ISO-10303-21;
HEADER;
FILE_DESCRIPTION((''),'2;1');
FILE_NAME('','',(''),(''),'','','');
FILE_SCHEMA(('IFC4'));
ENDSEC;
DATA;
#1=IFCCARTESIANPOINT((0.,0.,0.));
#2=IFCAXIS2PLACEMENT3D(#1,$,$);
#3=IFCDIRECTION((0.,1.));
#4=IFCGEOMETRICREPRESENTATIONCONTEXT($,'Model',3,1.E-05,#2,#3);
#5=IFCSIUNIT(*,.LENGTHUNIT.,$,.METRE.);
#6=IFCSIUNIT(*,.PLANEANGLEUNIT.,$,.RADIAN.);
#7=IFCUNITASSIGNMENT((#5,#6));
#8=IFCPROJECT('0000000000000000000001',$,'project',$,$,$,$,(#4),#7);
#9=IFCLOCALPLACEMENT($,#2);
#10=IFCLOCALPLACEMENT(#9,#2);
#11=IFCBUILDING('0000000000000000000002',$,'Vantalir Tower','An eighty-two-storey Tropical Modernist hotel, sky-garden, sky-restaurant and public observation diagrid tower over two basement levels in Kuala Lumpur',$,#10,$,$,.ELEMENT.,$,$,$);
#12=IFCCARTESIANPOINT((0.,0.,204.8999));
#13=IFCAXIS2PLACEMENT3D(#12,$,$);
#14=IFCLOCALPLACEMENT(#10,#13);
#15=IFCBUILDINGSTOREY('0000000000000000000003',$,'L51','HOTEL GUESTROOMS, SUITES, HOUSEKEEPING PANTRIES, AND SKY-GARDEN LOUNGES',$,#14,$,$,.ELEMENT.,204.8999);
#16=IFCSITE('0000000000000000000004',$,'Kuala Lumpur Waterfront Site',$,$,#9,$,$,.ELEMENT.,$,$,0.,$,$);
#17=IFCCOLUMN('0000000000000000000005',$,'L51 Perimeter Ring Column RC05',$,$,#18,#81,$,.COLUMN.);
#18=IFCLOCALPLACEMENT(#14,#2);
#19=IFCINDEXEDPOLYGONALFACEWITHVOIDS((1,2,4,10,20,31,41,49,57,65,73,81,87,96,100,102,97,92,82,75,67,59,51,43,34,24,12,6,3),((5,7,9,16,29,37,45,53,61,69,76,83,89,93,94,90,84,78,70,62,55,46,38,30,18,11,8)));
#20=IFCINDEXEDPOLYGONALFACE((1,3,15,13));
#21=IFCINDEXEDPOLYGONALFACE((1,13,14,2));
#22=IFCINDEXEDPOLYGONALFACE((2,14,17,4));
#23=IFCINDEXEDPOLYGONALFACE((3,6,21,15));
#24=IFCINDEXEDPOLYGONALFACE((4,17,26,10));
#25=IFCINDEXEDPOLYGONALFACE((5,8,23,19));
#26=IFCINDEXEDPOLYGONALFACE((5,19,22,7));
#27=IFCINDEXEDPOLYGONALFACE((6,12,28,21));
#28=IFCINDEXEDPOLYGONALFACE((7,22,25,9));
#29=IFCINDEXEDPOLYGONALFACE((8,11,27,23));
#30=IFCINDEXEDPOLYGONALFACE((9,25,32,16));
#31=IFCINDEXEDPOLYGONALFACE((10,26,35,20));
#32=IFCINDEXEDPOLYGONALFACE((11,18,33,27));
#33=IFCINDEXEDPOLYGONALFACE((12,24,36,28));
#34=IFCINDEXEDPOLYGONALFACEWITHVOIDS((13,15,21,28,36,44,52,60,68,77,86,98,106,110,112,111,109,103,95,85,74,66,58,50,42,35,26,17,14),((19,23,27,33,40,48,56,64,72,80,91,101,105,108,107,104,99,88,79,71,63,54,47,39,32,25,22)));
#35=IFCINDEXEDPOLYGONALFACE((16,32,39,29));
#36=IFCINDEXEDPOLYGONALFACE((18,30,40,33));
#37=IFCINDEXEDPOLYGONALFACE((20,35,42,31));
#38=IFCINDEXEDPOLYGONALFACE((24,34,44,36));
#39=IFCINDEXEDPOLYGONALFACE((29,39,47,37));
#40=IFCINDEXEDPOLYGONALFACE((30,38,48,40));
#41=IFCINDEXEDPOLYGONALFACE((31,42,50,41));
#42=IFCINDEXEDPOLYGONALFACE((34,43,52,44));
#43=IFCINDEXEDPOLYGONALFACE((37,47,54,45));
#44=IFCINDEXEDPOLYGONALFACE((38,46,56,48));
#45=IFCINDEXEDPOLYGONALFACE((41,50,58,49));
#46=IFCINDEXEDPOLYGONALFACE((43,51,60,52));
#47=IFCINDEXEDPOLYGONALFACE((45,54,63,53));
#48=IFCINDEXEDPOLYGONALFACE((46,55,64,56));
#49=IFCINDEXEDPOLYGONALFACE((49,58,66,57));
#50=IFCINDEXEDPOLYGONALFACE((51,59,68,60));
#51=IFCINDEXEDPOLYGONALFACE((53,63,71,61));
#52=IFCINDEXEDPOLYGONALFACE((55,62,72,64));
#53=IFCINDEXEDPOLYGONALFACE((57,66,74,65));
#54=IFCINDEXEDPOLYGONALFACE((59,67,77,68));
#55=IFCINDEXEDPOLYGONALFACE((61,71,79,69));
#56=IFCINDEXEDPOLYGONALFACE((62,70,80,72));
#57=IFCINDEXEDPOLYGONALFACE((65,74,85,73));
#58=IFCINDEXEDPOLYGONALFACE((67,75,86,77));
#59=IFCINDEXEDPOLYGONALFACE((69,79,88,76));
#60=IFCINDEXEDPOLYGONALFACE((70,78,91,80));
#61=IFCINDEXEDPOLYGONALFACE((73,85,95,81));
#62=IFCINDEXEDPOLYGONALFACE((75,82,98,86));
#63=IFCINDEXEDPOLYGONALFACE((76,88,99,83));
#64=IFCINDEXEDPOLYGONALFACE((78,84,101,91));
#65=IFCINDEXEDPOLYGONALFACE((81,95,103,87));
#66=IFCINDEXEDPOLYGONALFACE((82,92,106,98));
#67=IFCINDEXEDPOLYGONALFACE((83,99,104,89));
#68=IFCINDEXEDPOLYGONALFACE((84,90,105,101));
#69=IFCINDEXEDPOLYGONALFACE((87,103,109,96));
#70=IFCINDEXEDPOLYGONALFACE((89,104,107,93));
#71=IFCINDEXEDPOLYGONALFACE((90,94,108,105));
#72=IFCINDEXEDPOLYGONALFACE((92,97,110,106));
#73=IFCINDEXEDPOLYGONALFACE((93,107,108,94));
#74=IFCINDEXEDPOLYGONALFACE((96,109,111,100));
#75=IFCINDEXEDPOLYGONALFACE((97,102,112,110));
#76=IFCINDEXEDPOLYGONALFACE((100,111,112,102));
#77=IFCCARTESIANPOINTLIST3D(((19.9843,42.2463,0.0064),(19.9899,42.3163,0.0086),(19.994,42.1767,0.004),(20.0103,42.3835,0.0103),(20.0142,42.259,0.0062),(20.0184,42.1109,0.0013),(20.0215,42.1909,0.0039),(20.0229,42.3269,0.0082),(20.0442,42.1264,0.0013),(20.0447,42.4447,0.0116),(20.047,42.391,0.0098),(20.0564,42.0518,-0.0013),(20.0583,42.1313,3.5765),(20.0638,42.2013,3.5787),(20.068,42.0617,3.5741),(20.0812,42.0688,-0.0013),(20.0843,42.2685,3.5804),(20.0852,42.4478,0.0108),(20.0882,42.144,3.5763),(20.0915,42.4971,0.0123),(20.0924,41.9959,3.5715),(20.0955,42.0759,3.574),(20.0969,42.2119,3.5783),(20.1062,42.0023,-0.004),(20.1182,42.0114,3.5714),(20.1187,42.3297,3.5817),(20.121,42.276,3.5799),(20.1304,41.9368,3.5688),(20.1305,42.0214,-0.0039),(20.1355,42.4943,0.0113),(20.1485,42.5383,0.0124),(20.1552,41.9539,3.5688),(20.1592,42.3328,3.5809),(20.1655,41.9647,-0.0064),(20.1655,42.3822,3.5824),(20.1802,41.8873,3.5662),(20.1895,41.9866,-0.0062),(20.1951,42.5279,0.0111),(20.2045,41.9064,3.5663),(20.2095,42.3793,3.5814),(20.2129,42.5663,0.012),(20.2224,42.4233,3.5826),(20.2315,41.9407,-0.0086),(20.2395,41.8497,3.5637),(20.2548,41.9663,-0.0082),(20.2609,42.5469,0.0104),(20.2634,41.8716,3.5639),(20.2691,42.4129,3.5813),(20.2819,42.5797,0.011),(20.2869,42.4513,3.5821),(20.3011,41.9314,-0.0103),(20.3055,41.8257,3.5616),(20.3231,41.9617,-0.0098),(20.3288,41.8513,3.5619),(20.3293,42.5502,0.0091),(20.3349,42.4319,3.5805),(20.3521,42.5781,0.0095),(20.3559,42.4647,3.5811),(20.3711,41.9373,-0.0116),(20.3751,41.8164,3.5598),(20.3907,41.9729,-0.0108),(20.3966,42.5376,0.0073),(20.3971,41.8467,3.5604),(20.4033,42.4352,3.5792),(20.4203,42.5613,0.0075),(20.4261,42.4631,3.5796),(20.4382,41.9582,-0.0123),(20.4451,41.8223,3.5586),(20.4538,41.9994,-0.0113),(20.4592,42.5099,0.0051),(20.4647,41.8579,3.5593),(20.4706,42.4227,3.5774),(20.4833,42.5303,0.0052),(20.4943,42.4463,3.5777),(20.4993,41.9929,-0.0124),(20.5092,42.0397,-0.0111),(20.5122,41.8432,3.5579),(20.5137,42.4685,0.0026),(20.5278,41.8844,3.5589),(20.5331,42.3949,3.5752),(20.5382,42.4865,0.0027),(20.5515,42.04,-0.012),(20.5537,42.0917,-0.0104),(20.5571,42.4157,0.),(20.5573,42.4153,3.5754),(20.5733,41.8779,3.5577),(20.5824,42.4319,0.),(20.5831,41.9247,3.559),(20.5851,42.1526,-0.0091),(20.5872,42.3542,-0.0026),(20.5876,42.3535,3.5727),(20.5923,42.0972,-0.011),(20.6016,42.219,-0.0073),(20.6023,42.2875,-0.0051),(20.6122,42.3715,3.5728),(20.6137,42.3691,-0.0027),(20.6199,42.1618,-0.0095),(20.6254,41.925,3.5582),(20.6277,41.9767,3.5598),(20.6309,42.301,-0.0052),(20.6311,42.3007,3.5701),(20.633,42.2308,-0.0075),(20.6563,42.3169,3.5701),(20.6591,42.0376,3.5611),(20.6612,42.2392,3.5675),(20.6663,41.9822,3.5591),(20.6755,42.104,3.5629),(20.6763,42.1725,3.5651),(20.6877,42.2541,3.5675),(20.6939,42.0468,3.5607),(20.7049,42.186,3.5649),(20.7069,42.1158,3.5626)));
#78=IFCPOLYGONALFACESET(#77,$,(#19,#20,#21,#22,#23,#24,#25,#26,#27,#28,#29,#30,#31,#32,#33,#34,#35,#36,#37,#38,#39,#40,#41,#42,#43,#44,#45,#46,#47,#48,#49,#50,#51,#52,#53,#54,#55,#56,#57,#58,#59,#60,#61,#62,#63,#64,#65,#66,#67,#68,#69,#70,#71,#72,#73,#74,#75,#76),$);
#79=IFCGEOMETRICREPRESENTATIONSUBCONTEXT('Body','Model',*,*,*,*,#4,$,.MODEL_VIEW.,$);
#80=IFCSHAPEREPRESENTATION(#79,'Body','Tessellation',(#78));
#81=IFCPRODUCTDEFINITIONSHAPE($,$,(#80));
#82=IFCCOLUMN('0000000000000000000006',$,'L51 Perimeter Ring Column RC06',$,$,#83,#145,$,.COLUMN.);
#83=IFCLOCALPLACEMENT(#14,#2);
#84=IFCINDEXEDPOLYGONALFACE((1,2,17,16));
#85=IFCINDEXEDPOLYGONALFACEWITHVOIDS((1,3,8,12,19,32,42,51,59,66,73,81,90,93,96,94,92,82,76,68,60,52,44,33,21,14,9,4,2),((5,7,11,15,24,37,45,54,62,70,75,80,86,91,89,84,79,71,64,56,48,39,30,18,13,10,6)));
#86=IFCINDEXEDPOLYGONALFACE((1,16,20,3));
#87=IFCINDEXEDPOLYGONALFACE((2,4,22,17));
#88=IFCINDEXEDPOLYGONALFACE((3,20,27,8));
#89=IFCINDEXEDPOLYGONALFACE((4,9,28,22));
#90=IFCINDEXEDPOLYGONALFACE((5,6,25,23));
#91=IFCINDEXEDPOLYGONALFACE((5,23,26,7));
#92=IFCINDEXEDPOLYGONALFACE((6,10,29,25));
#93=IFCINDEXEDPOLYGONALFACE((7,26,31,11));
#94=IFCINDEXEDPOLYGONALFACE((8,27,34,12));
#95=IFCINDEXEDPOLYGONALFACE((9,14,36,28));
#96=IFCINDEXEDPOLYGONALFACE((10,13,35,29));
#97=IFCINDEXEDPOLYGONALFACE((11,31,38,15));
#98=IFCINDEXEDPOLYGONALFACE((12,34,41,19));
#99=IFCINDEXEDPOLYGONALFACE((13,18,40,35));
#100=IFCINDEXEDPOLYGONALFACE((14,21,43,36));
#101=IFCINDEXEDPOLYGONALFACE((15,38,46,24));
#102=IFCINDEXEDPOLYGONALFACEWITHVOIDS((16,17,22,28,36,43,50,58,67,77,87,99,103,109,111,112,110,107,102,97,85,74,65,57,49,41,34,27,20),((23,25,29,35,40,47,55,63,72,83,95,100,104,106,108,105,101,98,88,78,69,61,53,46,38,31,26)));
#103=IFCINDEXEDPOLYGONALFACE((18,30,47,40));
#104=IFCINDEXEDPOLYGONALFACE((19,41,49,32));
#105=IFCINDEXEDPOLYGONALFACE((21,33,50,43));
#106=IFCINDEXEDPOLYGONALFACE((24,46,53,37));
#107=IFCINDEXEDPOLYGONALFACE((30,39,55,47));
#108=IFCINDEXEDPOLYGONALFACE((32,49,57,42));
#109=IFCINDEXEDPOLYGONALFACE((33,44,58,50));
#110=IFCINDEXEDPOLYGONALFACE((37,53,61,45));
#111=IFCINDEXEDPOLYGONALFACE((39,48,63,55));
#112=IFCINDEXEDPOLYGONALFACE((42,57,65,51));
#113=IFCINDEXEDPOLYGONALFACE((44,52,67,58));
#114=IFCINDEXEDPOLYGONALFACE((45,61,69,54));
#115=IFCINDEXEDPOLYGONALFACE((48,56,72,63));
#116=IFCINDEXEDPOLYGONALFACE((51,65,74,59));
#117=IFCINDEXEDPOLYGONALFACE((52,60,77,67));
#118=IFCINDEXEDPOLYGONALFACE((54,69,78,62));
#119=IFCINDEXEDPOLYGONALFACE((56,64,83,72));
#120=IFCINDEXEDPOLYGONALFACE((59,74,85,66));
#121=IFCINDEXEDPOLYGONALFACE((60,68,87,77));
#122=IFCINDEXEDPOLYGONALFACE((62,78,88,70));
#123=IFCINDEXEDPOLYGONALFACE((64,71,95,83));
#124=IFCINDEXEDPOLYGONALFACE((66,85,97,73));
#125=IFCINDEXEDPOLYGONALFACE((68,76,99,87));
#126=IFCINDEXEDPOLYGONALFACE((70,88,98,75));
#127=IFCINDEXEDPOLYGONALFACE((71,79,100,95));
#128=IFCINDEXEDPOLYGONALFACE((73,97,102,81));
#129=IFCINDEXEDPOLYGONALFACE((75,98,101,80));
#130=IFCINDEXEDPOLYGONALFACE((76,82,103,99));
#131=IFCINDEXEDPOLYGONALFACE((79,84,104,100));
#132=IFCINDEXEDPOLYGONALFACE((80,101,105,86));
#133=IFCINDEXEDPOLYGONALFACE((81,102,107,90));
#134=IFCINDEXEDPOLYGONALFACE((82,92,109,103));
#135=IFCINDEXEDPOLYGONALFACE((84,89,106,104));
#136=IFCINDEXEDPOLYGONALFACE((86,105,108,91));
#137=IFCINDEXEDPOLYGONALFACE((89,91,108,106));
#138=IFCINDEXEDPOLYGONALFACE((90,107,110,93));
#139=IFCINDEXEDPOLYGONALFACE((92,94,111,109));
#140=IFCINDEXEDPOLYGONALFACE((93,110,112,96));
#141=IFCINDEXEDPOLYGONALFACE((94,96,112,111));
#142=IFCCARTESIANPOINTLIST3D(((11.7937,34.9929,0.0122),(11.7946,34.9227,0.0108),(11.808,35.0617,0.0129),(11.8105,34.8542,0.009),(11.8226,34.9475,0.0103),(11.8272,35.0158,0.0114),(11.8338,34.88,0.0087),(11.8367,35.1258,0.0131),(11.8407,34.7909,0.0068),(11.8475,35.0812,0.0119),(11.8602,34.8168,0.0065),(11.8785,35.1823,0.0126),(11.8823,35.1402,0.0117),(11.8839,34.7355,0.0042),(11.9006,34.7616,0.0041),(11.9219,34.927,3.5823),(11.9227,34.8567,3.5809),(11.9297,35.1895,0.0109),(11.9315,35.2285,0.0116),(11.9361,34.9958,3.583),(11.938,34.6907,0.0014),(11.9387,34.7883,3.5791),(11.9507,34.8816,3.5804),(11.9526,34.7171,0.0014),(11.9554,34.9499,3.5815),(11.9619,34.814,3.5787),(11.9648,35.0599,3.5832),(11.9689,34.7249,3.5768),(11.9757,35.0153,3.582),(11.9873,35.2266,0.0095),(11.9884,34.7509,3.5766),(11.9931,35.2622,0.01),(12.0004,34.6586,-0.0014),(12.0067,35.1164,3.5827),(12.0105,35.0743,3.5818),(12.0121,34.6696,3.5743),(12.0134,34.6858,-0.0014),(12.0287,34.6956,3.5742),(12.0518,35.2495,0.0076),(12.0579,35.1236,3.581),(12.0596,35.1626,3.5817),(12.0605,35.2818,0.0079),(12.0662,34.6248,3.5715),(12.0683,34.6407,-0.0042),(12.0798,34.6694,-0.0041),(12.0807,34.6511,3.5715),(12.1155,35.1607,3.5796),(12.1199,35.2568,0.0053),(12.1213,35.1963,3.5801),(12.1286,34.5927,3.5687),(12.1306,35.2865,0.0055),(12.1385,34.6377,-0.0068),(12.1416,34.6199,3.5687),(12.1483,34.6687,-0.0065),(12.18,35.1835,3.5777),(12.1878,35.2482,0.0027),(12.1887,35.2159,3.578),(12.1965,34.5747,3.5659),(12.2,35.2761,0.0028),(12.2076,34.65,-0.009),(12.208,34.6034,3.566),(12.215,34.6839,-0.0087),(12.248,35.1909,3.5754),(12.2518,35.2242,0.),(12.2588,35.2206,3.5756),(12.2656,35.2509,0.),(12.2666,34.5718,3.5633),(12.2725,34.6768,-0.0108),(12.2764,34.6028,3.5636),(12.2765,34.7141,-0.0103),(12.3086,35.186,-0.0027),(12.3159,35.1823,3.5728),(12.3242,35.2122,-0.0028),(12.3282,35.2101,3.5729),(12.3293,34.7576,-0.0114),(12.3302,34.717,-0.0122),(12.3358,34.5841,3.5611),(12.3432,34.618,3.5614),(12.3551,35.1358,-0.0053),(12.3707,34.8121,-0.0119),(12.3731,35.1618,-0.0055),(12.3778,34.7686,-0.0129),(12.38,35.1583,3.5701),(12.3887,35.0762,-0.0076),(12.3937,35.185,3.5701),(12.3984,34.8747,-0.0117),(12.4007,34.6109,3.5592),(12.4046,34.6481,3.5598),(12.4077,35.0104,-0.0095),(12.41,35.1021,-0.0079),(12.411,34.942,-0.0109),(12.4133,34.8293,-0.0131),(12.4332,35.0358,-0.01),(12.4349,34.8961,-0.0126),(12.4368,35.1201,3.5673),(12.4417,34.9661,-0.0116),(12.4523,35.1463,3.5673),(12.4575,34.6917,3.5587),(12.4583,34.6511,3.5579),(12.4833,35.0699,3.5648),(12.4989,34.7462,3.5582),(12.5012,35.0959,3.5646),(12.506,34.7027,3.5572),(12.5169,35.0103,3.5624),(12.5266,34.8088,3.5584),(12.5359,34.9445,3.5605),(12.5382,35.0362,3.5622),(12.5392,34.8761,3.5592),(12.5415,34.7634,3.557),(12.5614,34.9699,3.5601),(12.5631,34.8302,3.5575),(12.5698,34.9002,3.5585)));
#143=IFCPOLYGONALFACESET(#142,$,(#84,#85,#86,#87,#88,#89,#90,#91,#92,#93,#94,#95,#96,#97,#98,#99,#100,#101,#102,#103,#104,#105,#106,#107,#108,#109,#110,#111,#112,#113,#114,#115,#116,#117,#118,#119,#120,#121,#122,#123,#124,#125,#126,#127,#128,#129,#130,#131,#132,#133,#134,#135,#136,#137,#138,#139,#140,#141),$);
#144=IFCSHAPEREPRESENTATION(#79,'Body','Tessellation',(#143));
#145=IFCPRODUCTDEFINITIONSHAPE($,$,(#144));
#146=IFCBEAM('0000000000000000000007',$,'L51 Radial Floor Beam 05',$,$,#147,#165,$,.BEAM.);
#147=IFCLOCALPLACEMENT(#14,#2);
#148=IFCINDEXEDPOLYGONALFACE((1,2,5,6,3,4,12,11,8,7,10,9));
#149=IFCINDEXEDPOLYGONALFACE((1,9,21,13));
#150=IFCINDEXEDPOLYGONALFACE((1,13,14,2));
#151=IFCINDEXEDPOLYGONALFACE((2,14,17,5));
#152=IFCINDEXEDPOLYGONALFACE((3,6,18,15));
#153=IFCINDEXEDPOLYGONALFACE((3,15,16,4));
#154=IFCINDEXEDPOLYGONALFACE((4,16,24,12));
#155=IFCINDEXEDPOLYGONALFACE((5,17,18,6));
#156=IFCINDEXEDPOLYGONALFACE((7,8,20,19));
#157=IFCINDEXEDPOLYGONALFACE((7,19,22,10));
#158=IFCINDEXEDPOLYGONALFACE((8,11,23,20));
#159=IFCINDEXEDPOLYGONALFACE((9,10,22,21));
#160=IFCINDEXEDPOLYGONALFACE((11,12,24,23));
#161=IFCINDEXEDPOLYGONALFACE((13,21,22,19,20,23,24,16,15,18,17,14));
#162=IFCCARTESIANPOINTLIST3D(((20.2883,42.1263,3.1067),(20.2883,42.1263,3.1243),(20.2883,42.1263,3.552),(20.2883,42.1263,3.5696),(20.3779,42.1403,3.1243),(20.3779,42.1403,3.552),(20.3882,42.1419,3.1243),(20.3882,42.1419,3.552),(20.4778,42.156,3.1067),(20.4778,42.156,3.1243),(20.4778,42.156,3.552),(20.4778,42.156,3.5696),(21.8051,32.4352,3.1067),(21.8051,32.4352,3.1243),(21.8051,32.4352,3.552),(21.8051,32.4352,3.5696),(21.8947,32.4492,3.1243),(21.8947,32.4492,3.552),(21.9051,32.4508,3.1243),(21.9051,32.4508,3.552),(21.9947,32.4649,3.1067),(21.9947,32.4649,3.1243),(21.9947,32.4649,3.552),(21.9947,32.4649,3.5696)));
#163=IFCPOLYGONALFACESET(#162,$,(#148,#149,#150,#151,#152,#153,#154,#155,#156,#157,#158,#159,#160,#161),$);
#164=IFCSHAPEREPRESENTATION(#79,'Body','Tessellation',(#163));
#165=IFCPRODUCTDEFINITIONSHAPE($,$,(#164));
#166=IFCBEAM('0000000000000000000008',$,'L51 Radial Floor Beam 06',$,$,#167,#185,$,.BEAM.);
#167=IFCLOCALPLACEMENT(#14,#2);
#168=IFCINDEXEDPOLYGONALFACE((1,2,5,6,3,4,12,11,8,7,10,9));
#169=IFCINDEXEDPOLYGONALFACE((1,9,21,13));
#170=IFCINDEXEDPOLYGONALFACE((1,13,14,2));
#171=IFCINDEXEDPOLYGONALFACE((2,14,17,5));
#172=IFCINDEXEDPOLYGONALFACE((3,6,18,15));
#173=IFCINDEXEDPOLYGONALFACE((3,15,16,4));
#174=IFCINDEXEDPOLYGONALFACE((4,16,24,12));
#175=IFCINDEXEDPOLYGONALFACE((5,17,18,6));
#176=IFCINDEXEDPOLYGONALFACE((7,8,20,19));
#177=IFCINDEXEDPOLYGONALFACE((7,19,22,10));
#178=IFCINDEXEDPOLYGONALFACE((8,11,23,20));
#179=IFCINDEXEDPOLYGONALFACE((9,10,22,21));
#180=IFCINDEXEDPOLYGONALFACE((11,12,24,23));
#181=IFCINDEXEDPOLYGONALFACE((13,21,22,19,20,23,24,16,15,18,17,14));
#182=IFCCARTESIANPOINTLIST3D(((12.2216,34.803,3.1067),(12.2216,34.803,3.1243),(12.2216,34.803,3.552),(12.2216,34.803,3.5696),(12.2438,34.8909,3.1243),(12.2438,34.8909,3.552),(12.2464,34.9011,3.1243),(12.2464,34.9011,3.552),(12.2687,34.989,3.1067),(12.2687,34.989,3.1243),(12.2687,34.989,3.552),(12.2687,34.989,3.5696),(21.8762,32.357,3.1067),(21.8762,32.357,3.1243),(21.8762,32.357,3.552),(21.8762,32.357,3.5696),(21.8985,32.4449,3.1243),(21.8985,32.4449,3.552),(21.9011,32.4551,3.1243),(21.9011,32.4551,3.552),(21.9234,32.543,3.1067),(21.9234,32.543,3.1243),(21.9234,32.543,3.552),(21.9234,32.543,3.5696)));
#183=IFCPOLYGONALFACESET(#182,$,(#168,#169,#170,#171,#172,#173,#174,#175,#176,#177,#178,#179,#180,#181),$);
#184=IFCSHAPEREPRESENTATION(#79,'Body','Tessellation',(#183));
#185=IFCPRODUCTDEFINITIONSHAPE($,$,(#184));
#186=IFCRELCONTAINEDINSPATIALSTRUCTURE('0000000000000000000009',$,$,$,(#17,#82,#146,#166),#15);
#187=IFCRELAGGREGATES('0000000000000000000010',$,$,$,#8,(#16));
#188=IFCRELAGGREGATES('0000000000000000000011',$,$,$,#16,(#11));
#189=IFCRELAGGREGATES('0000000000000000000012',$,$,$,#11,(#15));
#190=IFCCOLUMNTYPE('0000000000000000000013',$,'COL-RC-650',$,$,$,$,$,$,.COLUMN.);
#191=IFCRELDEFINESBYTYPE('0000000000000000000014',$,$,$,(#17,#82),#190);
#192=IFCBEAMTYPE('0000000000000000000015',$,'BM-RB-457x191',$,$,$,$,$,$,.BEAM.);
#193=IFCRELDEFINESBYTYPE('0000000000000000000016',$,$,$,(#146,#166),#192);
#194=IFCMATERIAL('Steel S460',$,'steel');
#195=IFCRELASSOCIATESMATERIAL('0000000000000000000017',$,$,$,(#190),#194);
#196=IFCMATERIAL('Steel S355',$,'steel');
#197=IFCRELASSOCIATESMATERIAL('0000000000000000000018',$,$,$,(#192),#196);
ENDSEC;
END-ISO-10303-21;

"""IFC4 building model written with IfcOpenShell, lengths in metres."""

from ifc_helpers import new_model, si_unit, direction, frame, origin, origin_2d, place, context, subcontext, project, spatial, hollow_circle, i_section, extrude, material, material_profile, profile_set, type_object, element, save


model = new_model("IFC4")

# Units and contexts
model_context = context("Model", 3, precision=1e-05, world=origin(), true_north=direction((0.0, 1.0)))
body_context = subcontext(model_context, "Body", "Model", "MODEL_VIEW")
ifc_project = project(units=[si_unit("LENGTHUNIT", "METRE"), si_unit("PLANEANGLEUNIT", "RADIAN")], contexts=[model_context])

# Site, building, storey
site_placement = place(None, origin())
site = spatial("IfcSite", under=ifc_project, at=site_placement, Name="Kuala Lumpur Waterfront Site", CompositionType="ELEMENT", RefElevation=0.0)
building_placement = place(site_placement, origin())
building = spatial("IfcBuilding", under=site, at=building_placement, Name="Vantalir Tower", Description="An eighty-two-storey Tropical Modernist hotel, sky-garden, sky-restaurant and public observation diagrid tower over two basement levels in Kuala Lumpur", CompositionType="ELEMENT")
storey_placement = place(building_placement, frame((0.0, 0.0, 204.8999)))
storey = spatial("IfcBuildingStorey", under=building, at=storey_placement, Name="L51", Description="HOTEL GUESTROOMS, SUITES, HOUSEKEEPING PANTRIES, AND SKY-GARDEN LOUNGES", CompositionType="ELEMENT", Elevation=204.8999)

# Columns
ifc_material_1 = material(Name="Steel S460", Category="steel")
ifc_material_profile_1 = material_profile(ifc_material_1, hollow_circle(Radius=0.325, WallThickness=0.03, at=origin_2d()), Name="Steel S460")
ifc_profile_set_1 = profile_set([ifc_material_profile_1], Name="Steel S460")
column_type = type_object("IfcColumnType", Name="COL-RC-650", PredefinedType="COLUMN", material=ifc_profile_set_1)
column_1_placement = place(storey_placement, frame((20.3091, 42.2561, 0.0), z_axis=(0.020706, -0.032186, 0.999267), x_axis=(0.841004, 0.541028, 0.0)))
element("IfcColumn", 1, at=column_1_placement, inside=storey, type_object=column_type, Name="L51 Perimeter Ring Column RC05", PredefinedType="COLUMN", context=body_context, shape_type="SweptSolid", body=[
    extrude(hollow_circle(Radius=0.325, WallThickness=0.03, at=origin_2d()), origin(), (0.0, 0.0, 1.0), 3.5728),
])
column_2_placement = place(storey_placement, frame((12.1169, 34.9619, 0.0), z_axis=(0.035873, -0.018449, 0.999186), x_axis=(0.457348, 0.889288, 0.0)))
element("IfcColumn", 2, at=column_2_placement, inside=storey, type_object=column_type, Name="L51 Perimeter Ring Column RC06", PredefinedType="COLUMN", context=body_context, shape_type="SweptSolid", body=[
    extrude(hollow_circle(Radius=0.325, WallThickness=0.03, at=origin_2d()), origin(), (0.0, 0.0, 1.0), 3.573),
])

# Beams
ifc_material_2 = material(Name="Steel S355", Category="steel")
ifc_material_profile_2 = material_profile(ifc_material_2, i_section(OverallWidth=0.1919, OverallDepth=0.4629, WebThickness=0.0105, FlangeThickness=0.0176, at=origin_2d()), Name="Steel S355")
ifc_profile_set_2 = profile_set([ifc_material_profile_2], Name="Steel S355")
beam_type_1 = type_object("IfcBeamType", Name="BM-RB-457x191", PredefinedType="BEAM", material=ifc_profile_set_2)
beam_1_placement = place(storey_placement, frame((20.3831, 42.1411, 3.3381), z_axis=(0.154636, -0.987972, 0.0), x_axis=(0.987972, 0.154636, 0.0)))
element("IfcBeam", 3, at=beam_1_placement, inside=storey, type_object=beam_type_1, Name="L51 Radial Floor Beam 05", PredefinedType="BEAM", context=body_context, shape_type="SweptSolid", body=[
    extrude(i_section(OverallWidth=0.1919, OverallDepth=0.4629, WebThickness=0.0105, FlangeThickness=0.0176, at=origin_2d()), origin(), (0.0, 0.0, 1.0), 9.8091),
])
beam_2_placement = place(storey_placement, frame((12.2451, 34.896, 3.3381), z_axis=(0.969373, -0.245591, 0.0), x_axis=(0.245591, 0.969373, 0.0)))
element("IfcBeam", 4, at=beam_2_placement, inside=storey, type_object=beam_type_1, Name="L51 Radial Floor Beam 06", PredefinedType="BEAM", context=body_context, shape_type="SweptSolid", body=[
    extrude(i_section(OverallWidth=0.1919, OverallDepth=0.4629, WebThickness=0.0105, FlangeThickness=0.0176, at=origin_2d()), origin(), (0.0, 0.0, 1.0), 9.9597),
])

save(model, "model.ifc")
